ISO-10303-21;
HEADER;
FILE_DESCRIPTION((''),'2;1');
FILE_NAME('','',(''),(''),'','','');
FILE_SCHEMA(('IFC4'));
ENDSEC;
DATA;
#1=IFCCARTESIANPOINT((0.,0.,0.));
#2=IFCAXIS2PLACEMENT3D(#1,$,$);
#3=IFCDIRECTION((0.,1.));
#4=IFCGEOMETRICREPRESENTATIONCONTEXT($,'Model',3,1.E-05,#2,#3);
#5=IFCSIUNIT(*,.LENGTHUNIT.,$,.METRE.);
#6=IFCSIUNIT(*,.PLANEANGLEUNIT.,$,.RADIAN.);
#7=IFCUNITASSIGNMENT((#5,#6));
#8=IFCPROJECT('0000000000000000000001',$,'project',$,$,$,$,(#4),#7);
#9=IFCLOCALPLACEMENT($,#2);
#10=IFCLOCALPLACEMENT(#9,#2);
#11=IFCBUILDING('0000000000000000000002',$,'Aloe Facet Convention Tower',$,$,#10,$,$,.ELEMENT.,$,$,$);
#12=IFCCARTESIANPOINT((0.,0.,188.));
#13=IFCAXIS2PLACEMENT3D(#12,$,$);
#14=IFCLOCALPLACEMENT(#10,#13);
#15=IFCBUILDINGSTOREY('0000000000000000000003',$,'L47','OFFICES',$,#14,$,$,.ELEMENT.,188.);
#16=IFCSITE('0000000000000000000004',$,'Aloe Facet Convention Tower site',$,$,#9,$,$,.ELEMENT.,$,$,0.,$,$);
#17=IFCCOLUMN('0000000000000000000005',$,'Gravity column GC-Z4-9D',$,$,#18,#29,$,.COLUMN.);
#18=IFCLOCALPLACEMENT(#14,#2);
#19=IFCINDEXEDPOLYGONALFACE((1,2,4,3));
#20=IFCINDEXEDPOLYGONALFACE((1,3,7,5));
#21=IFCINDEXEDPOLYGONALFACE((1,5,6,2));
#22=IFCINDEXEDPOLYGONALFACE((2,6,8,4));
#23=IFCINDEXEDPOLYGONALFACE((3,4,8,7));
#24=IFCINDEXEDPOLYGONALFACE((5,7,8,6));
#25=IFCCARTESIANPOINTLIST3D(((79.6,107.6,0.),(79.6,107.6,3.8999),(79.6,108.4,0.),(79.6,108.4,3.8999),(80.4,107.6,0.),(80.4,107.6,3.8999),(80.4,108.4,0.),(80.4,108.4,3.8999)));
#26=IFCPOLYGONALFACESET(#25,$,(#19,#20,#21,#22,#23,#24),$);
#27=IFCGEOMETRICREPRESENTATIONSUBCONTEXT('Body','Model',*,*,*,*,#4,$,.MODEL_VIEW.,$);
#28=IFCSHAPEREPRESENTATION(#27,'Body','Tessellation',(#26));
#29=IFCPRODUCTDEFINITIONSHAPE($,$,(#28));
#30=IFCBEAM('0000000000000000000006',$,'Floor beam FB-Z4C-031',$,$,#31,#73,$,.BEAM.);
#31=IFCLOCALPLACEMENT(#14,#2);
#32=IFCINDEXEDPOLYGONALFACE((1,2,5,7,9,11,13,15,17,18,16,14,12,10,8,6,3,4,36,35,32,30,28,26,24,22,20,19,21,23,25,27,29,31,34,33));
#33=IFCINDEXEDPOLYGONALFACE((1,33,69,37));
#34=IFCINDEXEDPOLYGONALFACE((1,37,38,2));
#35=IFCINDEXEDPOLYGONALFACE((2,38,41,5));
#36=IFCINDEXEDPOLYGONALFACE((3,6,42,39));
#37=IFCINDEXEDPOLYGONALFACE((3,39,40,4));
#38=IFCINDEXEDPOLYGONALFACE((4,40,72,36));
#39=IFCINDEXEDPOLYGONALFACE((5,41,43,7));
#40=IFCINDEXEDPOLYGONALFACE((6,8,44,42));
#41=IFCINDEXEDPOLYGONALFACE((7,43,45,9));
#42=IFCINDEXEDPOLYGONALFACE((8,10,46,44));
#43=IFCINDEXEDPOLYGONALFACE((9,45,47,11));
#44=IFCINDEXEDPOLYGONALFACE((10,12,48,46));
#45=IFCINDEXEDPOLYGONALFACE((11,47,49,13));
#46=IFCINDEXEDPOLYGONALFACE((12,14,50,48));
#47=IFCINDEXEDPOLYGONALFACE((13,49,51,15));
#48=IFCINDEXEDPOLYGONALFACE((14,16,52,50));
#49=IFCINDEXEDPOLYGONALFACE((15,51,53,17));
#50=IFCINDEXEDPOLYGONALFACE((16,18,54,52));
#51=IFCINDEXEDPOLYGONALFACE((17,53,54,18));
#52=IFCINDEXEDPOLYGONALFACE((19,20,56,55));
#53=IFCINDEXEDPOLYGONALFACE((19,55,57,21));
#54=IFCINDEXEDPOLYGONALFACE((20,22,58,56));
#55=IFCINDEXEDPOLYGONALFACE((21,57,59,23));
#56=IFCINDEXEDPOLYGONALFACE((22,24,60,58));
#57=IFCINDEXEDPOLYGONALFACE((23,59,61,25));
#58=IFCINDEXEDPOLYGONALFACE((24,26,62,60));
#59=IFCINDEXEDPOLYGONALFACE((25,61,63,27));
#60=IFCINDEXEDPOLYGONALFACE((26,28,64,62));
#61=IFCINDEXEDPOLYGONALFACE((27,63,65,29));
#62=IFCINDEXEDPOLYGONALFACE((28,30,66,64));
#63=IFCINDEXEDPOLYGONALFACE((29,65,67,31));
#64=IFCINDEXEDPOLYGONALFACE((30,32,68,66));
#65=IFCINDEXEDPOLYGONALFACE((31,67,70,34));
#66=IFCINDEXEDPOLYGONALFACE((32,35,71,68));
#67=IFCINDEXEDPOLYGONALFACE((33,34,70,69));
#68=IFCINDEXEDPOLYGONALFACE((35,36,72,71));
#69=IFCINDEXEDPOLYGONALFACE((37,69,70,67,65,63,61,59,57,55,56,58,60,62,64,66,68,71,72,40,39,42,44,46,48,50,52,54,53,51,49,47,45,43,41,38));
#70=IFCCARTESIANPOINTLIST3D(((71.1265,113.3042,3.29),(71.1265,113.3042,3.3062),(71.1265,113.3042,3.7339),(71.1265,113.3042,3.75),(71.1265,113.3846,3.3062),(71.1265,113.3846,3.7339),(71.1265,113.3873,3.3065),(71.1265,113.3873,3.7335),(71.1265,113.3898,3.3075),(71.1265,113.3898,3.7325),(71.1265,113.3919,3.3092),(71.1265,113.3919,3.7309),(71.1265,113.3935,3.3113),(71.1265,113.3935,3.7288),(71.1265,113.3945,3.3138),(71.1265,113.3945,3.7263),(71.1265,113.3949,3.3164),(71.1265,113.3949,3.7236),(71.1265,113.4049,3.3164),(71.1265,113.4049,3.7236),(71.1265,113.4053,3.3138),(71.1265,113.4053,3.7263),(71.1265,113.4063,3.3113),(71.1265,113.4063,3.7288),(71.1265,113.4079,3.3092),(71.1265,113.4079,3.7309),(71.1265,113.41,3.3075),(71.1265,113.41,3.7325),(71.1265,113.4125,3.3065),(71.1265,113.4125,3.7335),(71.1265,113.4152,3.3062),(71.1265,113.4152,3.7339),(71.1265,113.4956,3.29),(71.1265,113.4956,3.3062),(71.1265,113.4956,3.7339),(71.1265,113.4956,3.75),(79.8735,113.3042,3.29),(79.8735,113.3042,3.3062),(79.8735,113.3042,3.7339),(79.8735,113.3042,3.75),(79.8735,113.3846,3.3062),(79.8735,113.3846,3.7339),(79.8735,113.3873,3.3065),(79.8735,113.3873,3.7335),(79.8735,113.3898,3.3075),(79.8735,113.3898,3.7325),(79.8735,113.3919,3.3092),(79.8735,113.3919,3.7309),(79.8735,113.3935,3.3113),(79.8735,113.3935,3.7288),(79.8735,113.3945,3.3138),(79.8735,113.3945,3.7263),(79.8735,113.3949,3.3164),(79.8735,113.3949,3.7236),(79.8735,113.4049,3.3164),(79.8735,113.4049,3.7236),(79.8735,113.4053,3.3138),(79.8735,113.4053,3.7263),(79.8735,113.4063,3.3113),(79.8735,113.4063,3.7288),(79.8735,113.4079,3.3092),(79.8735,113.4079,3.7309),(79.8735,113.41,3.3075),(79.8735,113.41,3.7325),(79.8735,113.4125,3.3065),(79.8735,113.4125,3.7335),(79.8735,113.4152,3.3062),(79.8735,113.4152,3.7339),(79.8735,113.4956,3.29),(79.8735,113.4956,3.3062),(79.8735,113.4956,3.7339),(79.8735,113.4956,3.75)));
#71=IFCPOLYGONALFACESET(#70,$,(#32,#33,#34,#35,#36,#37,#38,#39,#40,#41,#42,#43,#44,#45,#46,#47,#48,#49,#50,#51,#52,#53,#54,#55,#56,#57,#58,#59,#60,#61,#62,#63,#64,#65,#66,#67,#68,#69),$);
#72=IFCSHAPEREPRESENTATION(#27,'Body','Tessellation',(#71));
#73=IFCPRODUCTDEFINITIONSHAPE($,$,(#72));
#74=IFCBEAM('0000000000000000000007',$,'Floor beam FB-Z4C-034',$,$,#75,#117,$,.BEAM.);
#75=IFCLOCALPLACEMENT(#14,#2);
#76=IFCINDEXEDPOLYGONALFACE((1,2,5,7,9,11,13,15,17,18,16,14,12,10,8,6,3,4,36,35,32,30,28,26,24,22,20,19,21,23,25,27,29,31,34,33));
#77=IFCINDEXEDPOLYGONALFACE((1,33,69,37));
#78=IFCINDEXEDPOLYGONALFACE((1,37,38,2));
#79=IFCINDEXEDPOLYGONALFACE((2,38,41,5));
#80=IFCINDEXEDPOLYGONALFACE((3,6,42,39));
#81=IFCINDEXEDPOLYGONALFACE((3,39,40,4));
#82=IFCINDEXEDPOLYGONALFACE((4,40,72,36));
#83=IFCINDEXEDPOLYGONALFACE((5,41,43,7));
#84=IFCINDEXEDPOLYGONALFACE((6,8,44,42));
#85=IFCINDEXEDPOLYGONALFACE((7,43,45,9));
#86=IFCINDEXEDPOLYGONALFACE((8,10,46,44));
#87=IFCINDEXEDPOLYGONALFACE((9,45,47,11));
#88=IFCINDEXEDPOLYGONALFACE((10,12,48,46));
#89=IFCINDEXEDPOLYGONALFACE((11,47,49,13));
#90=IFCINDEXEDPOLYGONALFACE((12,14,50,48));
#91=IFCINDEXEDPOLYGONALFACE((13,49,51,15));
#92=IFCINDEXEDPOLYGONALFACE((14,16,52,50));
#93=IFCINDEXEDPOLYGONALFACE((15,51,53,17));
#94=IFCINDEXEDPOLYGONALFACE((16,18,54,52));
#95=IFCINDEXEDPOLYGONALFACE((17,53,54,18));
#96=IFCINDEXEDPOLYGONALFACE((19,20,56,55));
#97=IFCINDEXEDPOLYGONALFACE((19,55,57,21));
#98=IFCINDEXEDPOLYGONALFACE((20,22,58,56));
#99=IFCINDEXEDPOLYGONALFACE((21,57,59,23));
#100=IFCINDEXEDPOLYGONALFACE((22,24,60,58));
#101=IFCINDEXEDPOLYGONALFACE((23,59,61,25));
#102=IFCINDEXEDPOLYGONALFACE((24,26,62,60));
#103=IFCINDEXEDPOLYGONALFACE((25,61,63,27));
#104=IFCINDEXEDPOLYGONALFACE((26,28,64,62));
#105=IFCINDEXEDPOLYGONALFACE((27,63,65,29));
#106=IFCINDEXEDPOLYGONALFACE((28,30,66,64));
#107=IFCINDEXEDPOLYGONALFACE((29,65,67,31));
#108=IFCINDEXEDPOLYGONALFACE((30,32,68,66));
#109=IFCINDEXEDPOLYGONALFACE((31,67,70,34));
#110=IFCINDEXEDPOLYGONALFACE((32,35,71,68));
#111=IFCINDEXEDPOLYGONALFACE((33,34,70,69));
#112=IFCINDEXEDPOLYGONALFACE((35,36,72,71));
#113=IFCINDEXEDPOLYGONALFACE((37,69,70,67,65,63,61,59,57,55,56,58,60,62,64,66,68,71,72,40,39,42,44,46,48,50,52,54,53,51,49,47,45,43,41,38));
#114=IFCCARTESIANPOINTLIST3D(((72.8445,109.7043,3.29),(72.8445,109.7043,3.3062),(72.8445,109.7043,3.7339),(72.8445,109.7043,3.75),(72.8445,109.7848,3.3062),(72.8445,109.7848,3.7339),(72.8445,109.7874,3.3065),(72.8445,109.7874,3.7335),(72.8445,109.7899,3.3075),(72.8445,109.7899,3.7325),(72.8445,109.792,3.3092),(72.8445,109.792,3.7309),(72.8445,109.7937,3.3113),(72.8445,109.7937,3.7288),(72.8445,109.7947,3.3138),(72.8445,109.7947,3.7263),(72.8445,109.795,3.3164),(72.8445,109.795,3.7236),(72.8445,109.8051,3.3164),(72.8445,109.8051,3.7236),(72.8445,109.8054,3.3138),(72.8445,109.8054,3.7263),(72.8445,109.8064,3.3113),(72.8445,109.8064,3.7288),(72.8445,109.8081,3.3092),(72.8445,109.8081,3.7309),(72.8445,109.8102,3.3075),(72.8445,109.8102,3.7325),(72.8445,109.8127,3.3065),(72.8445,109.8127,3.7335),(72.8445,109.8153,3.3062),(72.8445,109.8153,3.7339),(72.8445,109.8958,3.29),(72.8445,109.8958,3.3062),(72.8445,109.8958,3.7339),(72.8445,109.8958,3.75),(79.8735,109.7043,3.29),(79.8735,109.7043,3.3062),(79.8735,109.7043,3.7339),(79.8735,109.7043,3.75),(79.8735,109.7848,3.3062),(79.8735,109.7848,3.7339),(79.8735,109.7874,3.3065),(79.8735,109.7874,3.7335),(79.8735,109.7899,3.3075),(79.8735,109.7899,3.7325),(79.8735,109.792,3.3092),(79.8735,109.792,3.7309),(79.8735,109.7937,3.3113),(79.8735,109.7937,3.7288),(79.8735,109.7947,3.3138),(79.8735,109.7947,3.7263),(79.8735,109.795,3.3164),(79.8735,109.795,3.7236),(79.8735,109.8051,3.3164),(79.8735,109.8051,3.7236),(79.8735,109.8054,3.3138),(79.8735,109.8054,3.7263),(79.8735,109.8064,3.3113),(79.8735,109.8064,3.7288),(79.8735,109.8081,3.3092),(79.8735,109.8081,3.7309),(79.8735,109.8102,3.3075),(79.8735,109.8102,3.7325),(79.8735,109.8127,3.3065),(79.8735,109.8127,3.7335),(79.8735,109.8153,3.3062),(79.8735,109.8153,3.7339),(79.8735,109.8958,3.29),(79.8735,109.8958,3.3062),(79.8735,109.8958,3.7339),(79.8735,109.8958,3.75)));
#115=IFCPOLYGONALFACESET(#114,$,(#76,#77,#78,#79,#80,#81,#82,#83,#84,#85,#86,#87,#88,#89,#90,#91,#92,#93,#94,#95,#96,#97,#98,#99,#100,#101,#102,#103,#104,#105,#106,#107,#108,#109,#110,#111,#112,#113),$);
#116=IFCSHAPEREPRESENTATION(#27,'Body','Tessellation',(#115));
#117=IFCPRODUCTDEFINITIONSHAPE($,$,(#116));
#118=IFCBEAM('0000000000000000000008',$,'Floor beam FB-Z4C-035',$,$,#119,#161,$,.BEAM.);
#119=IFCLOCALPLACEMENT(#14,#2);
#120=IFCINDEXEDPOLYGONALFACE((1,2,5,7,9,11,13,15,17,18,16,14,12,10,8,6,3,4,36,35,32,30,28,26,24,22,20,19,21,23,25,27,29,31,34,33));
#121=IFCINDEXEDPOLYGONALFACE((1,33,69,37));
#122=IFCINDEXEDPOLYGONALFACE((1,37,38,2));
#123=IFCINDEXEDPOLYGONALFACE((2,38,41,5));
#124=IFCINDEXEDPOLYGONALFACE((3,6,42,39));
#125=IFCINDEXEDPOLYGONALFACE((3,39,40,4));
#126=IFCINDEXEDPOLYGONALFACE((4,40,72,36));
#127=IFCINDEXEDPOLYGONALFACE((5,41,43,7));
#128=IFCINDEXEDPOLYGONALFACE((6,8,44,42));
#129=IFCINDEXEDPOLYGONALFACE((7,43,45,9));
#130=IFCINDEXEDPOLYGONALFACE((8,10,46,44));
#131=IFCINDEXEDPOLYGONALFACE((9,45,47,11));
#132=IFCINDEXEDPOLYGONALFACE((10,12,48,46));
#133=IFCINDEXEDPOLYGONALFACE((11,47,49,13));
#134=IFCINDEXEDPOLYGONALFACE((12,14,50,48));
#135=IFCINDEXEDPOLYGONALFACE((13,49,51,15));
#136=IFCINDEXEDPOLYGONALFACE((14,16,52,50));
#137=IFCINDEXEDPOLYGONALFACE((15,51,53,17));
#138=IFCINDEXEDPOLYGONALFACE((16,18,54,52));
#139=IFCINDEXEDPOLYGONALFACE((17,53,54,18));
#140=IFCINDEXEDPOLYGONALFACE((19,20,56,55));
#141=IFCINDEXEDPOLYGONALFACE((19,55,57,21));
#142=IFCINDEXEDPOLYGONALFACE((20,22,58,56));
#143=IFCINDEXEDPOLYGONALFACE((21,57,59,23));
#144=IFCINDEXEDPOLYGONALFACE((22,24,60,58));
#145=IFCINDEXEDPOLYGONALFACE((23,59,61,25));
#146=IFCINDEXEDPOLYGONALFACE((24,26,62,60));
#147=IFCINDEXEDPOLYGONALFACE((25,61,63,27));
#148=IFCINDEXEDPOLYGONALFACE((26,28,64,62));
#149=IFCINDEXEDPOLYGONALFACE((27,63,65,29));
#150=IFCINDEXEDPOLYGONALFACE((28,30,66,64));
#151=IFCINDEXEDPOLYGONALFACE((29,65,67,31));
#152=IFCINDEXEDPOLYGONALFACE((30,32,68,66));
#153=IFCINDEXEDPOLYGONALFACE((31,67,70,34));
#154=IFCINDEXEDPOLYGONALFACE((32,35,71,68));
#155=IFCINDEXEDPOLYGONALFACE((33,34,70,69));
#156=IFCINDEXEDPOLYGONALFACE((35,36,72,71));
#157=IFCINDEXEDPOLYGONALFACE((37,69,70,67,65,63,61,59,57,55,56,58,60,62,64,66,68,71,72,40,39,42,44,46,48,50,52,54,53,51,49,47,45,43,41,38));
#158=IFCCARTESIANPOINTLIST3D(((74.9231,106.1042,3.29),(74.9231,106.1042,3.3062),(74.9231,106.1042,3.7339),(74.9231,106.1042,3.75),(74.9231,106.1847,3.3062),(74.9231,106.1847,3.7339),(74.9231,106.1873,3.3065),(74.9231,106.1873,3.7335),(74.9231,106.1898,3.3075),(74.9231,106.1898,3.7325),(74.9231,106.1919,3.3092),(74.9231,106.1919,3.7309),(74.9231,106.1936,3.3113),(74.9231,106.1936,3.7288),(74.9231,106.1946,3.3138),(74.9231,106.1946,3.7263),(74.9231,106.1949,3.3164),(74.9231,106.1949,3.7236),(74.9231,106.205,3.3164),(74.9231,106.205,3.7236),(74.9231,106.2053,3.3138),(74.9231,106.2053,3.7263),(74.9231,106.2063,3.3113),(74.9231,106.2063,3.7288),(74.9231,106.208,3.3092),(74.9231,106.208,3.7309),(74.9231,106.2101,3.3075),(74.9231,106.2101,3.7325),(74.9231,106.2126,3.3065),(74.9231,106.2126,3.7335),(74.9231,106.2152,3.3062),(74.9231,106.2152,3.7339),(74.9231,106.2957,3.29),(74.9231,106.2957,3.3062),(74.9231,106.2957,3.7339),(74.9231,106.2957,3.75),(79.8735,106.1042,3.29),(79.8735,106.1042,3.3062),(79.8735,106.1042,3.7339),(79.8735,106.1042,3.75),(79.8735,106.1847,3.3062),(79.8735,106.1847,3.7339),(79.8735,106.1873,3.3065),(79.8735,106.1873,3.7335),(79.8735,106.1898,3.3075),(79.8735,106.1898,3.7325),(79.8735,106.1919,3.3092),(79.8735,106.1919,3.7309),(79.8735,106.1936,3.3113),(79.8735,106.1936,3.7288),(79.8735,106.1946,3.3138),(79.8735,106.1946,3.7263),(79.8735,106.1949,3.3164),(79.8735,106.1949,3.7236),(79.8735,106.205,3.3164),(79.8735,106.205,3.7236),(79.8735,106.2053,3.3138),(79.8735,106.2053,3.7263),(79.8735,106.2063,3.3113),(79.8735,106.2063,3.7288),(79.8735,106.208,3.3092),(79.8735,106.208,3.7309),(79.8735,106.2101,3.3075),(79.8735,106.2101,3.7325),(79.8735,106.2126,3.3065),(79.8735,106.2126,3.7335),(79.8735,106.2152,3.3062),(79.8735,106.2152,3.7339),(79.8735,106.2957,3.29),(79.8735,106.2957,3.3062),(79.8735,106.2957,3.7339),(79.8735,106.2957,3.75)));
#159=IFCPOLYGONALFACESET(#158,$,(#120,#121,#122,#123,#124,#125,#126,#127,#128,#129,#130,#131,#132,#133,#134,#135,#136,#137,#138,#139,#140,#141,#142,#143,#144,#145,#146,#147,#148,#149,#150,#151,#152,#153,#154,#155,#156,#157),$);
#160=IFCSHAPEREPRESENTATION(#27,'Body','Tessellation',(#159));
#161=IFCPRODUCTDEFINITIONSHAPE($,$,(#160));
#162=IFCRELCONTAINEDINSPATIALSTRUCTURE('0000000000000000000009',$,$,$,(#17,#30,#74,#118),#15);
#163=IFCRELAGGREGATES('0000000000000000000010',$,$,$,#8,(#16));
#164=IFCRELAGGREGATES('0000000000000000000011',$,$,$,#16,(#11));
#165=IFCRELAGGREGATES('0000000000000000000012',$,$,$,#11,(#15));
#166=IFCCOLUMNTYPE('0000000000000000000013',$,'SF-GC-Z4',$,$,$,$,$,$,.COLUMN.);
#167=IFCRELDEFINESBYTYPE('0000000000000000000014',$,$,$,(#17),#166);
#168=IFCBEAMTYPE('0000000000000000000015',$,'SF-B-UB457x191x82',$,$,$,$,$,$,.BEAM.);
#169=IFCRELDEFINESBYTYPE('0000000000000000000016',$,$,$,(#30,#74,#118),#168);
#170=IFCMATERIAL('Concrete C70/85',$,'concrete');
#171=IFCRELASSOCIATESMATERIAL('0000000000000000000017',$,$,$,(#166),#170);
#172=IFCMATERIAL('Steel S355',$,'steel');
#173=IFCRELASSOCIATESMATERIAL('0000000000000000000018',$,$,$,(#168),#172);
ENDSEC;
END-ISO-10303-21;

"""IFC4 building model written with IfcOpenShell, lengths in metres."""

from ifc_helpers import new_model, si_unit, direction, frame, origin, origin_2d, place, context, subcontext, project, spatial, rectangle, i_section, extrude, material, material_profile, profile_set, type_object, element, save


model = new_model("IFC4")

# Units and contexts
model_context = context("Model", 3, precision=1e-05, world=origin(), true_north=direction((0.0, 1.0)))
body_context = subcontext(model_context, "Body", "Model", "MODEL_VIEW")
ifc_project = project(units=[si_unit("LENGTHUNIT", "METRE"), si_unit("PLANEANGLEUNIT", "RADIAN")], contexts=[model_context])

# Site, building, storey
site_placement = place(None, origin())
site = spatial("IfcSite", under=ifc_project, at=site_placement, Name="Aloe Facet Convention Tower site", CompositionType="ELEMENT", RefElevation=0.0)
building_placement = place(site_placement, origin())
building = spatial("IfcBuilding", under=site, at=building_placement, Name="Aloe Facet Convention Tower", CompositionType="ELEMENT")
storey_placement = place(building_placement, frame((0.0, 0.0, 188.0)))
storey = spatial("IfcBuildingStorey", under=building, at=storey_placement, Name="L47", Description="OFFICES", CompositionType="ELEMENT", Elevation=188.0)

# Column
ifc_material_1 = material(Name="Concrete C70/85", Category="concrete")
ifc_material_profile_1 = material_profile(ifc_material_1, rectangle(XDim=0.8, YDim=0.8, at=origin_2d()), Name="SF-GC-Z4")
ifc_profile_set_1 = profile_set([ifc_material_profile_1], Name="Concrete C70/85")
column_type = type_object("IfcColumnType", Name="SF-GC-Z4", PredefinedType="COLUMN", material=ifc_profile_set_1)
column_placement = place(storey_placement, frame((80.0, 108.0, 0.0), z_axis=(0.0, 0.0, 1.0), x_axis=(1.0, 0.0, 0.0)))
element("IfcColumn", 1, at=column_placement, inside=storey, type_object=column_type, Name="Gravity column GC-Z4-9D", PredefinedType="COLUMN", context=body_context, shape_type="SweptSolid", body=[
    extrude(rectangle(XDim=0.8, YDim=0.8, at=origin_2d()), origin(), (0.0, 0.0, 1.0), 3.8999),
])

# Beams
ifc_material_2 = material(Name="Steel S355", Category="steel")
ifc_material_profile_2 = material_profile(ifc_material_2, i_section(OverallWidth=0.1914, OverallDepth=0.46, WebThickness=0.01, FlangeThickness=0.0161, FilletRadius=0.0103, at=origin_2d()), Name="UB 457x191x82")
ifc_profile_set_2 = profile_set([ifc_material_profile_2], Name="Steel S355")
beam_type_1 = type_object("IfcBeamType", Name="SF-B-UB457x191x82", PredefinedType="BEAM", material=ifc_profile_set_2)
beam_1_placement = place(storey_placement, frame((71.1265, 113.3999, 3.52), z_axis=(1.0, 0.0, 0.0), x_axis=(0.0, 1.0, 0.0)))
element("IfcBeam", 2, at=beam_1_placement, inside=storey, type_object=beam_type_1, Name="Floor beam FB-Z4C-031", PredefinedType="BEAM", context=body_context, shape_type="SweptSolid", body=[
    extrude(i_section(OverallWidth=0.1914, OverallDepth=0.46, WebThickness=0.01, FlangeThickness=0.0161, FilletRadius=0.0103, at=origin_2d()), origin(), (0.0, 0.0, 1.0), 8.7471),
])
beam_2_placement = place(storey_placement, frame((72.8445, 109.8, 3.52), z_axis=(1.0, 0.0, 0.0), x_axis=(0.0, 1.0, 0.0)))
element("IfcBeam", 3, at=beam_2_placement, inside=storey, type_object=beam_type_1, Name="Floor beam FB-Z4C-034", PredefinedType="BEAM", context=body_context, shape_type="SweptSolid", body=[
    extrude(i_section(OverallWidth=0.1914, OverallDepth=0.46, WebThickness=0.01, FlangeThickness=0.0161, FilletRadius=0.0103, at=origin_2d()), origin(), (0.0, 0.0, 1.0), 7.0291),
])
for number, where, z_axis, x_axis, name in (
    (4, (74.9231, 106.2, 3.52), (1.0, 0.0, 0.0), (0.0, 1.0, 0.0), "Floor beam FB-Z4C-035"),
):
    element("IfcBeam", number, at=place(storey_placement, frame(where, z_axis=z_axis, x_axis=x_axis)), inside=storey, type_object=beam_type_1, Name=name, PredefinedType="BEAM", context=body_context, shape_type="SweptSolid", body=[
        extrude(i_section(OverallWidth=0.1914, OverallDepth=0.46, WebThickness=0.01, FlangeThickness=0.0161, FilletRadius=0.0103, at=origin_2d()), origin(), (0.0, 0.0, 1.0), 4.9504),
    ])

save(model, "model.ifc")
